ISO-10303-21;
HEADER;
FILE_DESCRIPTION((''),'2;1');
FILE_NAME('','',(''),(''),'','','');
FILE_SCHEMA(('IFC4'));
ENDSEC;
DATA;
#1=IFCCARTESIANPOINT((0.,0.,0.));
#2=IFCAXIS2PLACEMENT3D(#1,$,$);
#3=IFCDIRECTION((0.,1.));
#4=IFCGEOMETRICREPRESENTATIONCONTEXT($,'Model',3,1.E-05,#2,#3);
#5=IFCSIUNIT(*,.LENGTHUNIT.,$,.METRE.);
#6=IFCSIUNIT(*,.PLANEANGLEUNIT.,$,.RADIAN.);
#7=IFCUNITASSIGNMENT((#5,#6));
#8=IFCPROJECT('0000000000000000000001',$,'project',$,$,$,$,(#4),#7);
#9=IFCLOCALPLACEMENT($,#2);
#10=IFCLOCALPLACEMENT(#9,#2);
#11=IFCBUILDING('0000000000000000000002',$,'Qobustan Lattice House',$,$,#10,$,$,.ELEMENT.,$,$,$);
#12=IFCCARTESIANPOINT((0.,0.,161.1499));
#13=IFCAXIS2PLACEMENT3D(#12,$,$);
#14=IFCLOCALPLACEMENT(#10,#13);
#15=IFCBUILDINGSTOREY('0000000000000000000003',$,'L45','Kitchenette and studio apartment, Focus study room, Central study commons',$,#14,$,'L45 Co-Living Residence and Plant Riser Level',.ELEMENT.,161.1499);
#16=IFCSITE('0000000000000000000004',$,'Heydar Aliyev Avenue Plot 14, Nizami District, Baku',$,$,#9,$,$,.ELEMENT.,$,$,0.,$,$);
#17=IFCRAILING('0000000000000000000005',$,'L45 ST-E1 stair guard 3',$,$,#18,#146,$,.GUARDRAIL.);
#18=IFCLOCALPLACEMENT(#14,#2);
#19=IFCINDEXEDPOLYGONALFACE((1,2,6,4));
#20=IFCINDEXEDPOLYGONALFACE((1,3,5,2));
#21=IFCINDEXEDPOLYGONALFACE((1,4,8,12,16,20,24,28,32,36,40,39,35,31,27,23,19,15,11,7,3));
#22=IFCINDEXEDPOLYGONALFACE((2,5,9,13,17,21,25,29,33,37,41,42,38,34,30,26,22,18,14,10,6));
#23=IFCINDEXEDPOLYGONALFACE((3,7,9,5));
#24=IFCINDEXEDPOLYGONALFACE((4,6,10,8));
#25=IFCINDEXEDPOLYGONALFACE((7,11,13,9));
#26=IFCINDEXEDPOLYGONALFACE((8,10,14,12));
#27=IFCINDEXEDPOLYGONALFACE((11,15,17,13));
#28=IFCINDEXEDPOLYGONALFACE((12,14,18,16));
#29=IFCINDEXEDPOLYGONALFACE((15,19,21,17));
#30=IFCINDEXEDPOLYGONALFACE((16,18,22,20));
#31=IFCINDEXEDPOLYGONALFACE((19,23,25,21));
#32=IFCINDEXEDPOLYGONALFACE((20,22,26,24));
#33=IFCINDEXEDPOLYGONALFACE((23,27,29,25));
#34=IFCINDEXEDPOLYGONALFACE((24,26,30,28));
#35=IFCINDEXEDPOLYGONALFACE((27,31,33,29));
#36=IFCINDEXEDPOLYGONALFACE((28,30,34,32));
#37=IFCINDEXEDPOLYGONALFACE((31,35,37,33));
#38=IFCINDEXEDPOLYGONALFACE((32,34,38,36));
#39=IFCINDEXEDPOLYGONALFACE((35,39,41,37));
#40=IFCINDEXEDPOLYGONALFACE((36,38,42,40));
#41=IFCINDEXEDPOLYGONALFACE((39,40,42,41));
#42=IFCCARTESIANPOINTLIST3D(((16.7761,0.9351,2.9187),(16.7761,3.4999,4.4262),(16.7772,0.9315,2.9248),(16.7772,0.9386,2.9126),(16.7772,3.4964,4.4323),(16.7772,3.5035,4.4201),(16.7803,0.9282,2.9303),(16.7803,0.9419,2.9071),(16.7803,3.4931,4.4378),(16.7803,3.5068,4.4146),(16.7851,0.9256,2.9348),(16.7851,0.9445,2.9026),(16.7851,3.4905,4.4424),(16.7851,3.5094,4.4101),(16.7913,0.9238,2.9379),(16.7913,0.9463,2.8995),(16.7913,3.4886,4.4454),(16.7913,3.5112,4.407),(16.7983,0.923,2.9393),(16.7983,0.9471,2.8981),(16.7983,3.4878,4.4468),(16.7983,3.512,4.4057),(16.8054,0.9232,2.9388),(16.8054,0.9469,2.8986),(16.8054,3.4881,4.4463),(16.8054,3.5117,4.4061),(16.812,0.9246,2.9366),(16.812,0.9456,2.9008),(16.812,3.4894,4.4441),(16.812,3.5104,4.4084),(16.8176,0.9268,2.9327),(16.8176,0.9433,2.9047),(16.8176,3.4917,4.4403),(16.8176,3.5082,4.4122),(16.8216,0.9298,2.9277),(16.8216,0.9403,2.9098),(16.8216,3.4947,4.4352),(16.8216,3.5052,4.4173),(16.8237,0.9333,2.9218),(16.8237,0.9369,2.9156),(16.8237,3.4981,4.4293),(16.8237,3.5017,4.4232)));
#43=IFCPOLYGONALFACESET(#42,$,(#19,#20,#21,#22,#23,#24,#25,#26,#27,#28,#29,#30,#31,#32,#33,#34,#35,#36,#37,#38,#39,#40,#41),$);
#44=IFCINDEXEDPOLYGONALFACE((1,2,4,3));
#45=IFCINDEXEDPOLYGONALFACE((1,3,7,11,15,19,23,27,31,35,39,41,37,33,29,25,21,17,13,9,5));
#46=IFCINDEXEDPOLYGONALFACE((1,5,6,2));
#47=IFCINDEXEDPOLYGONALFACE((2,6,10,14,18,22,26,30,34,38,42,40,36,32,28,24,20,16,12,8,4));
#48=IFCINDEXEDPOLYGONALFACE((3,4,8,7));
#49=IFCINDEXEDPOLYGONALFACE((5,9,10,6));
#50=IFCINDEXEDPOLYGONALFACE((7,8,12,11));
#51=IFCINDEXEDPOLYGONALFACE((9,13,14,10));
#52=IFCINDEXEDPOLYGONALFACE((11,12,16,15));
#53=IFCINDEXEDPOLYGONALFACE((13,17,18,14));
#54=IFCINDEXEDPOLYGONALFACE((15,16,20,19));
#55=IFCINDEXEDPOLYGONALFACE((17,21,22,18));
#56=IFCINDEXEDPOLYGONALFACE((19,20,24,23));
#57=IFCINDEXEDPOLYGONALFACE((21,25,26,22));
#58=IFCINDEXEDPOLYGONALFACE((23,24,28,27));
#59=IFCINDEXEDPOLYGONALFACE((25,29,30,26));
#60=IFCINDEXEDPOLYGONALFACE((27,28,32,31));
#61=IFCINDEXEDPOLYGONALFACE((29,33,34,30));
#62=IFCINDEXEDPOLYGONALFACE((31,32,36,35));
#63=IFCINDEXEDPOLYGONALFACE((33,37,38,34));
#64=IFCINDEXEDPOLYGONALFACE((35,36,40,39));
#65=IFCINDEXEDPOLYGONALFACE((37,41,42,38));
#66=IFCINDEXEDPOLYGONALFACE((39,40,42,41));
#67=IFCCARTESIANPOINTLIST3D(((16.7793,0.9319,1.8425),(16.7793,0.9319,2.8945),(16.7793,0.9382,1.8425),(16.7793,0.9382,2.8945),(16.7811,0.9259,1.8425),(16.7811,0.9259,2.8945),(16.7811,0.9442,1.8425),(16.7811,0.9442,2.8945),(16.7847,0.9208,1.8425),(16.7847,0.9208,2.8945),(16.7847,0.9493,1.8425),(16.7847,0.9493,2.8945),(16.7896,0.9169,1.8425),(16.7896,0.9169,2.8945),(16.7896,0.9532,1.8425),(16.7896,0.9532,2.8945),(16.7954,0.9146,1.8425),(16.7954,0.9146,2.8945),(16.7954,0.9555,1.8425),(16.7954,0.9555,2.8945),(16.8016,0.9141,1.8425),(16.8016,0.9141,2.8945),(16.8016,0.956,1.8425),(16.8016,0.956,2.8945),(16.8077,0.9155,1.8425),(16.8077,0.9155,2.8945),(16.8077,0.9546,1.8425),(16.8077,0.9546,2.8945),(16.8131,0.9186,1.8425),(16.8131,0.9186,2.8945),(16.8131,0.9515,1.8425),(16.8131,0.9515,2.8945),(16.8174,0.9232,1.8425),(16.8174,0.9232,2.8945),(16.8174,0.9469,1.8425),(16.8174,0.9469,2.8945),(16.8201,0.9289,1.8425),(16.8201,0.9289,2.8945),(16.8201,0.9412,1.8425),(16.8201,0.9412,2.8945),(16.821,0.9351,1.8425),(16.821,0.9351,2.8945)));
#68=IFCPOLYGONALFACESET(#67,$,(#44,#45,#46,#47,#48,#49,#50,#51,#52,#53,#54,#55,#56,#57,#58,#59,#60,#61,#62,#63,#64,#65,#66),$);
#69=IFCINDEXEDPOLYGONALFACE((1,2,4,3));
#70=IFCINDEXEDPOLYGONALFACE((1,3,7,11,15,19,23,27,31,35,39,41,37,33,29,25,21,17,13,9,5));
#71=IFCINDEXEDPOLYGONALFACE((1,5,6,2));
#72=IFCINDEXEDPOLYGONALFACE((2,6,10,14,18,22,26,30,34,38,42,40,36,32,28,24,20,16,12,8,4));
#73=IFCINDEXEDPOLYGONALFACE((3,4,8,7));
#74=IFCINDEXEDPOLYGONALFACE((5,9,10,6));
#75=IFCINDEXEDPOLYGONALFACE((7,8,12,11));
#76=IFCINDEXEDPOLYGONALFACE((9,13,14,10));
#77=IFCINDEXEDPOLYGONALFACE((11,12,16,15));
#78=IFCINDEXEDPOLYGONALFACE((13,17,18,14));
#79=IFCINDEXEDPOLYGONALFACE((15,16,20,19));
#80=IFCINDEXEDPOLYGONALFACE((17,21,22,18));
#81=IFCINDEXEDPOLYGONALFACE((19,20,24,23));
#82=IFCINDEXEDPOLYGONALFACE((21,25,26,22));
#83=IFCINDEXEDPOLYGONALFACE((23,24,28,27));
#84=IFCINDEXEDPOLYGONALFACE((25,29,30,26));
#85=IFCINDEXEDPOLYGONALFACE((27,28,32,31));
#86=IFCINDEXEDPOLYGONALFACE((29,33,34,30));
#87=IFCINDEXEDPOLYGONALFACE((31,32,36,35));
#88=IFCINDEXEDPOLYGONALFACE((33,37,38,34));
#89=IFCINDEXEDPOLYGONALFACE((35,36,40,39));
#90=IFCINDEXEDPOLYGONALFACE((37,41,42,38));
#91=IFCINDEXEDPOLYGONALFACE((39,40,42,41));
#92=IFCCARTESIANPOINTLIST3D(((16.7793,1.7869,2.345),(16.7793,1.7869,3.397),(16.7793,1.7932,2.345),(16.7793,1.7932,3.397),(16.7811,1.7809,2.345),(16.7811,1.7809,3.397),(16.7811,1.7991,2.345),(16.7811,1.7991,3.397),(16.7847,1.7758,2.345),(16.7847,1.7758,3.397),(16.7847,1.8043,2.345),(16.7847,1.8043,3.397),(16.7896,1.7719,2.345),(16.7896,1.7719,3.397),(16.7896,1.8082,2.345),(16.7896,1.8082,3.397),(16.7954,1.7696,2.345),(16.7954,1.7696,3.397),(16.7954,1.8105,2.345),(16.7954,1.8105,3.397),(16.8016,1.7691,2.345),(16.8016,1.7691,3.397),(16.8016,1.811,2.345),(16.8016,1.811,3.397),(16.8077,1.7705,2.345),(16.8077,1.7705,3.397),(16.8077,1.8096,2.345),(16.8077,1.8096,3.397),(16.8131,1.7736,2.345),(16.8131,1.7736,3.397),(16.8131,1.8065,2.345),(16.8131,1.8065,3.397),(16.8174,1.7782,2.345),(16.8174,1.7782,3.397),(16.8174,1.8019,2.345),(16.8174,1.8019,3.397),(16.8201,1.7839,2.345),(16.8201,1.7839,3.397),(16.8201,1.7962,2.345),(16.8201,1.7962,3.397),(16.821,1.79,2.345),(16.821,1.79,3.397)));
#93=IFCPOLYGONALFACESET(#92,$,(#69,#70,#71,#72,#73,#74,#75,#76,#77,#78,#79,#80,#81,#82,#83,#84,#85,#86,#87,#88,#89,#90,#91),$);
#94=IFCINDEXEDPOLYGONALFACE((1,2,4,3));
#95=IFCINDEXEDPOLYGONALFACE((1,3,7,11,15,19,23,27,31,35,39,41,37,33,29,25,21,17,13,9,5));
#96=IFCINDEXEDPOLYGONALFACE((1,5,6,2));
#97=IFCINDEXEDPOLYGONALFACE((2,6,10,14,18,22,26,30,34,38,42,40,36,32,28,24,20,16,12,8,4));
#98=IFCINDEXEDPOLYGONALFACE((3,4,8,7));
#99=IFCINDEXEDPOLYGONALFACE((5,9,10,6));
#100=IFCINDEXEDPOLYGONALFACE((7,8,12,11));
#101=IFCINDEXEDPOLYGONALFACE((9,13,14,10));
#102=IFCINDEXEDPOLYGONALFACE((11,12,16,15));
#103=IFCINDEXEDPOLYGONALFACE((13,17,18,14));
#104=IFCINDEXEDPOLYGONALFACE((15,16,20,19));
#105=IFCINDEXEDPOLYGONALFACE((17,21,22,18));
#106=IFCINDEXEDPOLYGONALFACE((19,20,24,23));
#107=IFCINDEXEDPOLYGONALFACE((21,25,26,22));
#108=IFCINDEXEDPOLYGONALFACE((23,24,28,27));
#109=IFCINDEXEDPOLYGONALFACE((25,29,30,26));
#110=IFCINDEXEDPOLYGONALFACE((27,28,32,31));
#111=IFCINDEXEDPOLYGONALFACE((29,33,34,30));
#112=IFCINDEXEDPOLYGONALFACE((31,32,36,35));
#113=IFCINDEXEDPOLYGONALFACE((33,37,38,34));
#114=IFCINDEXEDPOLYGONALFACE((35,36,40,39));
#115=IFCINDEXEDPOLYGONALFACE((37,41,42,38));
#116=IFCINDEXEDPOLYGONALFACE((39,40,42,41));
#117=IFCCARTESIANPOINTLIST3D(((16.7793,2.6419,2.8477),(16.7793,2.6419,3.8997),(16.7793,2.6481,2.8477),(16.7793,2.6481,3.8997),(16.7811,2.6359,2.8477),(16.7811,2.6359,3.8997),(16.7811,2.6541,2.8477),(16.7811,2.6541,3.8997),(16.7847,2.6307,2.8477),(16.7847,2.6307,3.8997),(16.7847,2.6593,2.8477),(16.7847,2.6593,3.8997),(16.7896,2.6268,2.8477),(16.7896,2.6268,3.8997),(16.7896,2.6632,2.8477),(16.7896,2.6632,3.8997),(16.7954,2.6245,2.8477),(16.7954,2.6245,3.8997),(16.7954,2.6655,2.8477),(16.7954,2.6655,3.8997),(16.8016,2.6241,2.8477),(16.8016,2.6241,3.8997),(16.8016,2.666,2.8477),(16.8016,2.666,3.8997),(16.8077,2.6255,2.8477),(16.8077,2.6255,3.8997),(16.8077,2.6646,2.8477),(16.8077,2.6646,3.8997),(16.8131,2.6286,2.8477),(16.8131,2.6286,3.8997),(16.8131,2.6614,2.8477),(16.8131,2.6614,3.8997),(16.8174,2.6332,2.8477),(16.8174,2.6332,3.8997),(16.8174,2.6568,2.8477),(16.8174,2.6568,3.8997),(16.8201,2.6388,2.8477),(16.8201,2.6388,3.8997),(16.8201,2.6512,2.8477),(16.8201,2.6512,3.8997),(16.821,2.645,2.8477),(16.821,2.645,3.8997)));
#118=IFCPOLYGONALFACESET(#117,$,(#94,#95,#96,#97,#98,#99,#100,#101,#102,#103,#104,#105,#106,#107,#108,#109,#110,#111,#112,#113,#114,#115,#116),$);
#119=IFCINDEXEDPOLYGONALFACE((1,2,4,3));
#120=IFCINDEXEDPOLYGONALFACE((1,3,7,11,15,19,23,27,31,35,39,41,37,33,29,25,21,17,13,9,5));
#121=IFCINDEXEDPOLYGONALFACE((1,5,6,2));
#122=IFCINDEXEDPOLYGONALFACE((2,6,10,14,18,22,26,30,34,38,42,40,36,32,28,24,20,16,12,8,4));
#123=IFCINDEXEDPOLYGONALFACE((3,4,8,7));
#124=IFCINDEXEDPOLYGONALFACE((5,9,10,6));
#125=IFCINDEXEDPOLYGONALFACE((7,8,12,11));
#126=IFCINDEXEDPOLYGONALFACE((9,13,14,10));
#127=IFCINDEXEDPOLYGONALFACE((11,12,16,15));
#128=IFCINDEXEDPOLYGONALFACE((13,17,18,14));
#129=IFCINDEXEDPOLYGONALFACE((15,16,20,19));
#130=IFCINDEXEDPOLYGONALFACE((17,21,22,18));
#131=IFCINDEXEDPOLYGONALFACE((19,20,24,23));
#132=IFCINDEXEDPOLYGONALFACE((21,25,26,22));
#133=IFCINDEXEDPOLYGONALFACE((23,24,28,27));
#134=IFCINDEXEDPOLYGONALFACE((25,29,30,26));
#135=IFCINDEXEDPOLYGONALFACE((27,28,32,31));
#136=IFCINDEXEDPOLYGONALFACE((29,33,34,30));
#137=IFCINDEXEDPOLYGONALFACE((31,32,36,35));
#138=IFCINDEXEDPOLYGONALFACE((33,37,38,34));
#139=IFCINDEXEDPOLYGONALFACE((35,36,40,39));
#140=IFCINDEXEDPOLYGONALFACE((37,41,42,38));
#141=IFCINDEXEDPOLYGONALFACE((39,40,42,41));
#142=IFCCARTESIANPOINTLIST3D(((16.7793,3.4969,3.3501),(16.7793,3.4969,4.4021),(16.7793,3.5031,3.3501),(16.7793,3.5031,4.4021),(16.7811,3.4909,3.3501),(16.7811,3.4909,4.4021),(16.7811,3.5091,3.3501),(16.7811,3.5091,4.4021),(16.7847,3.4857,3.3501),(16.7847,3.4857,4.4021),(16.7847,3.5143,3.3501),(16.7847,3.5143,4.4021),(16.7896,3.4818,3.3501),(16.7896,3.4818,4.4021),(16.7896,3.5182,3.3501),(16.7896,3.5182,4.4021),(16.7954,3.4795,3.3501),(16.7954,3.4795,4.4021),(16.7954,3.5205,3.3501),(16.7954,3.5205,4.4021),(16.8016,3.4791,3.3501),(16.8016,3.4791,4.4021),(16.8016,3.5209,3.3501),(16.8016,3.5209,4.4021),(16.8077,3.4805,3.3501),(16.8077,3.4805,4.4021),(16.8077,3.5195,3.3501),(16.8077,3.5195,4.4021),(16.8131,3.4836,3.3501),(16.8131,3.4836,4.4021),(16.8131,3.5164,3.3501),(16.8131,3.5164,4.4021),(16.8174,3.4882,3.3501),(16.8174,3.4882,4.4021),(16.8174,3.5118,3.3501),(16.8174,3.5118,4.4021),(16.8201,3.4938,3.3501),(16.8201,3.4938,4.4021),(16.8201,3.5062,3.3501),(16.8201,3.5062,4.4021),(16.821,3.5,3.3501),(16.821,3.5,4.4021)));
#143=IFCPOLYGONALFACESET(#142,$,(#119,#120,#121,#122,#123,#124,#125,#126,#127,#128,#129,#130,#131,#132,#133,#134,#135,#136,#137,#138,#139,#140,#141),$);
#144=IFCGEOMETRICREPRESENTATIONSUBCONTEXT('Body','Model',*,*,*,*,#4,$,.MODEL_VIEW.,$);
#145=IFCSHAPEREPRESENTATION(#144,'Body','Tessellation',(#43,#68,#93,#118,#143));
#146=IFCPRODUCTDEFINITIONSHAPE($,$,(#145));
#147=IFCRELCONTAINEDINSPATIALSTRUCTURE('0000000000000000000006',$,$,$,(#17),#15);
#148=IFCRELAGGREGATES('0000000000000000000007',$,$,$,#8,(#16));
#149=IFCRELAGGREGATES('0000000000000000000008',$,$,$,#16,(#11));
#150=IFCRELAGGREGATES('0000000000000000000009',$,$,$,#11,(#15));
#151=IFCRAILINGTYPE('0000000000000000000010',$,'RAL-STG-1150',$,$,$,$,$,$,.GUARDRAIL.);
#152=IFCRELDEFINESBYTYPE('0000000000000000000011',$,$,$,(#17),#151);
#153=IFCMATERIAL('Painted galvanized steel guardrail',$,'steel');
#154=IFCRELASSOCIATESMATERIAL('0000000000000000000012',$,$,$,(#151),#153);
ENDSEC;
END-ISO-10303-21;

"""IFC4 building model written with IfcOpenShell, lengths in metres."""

from ifc_helpers import new_model, si_unit, direction, frame, origin, origin_2d, place, context, subcontext, project, spatial, circle, extrude, material, type_object, element, save


model = new_model("IFC4")

# Units and contexts
model_context = context("Model", 3, precision=1e-05, world=origin(), true_north=direction((0.0, 1.0)))
body_context = subcontext(model_context, "Body", "Model", "MODEL_VIEW")
ifc_project = project(units=[si_unit("LENGTHUNIT", "METRE"), si_unit("PLANEANGLEUNIT", "RADIAN")], contexts=[model_context])

# Site, building, storey
site_placement = place(None, origin())
site = spatial("IfcSite", under=ifc_project, at=site_placement, Name="Heydar Aliyev Avenue Plot 14, Nizami District, Baku", CompositionType="ELEMENT", RefElevation=0.0)
building_placement = place(site_placement, origin())
building = spatial("IfcBuilding", under=site, at=building_placement, Name="Qobustan Lattice House", CompositionType="ELEMENT")
storey_placement = place(building_placement, frame((0.0, 0.0, 161.1499)))
storey = spatial("IfcBuildingStorey", under=building, at=storey_placement, Name="L45", Description="Kitchenette and studio apartment, Focus study room, Central study commons", LongName="L45 Co-Living Residence and Plant Riser Level", CompositionType="ELEMENT", Elevation=161.1499)

# Railing
ifc_material_1 = material(Name="Painted galvanized steel guardrail", Category="steel")
railing_type_1 = type_object("IfcRailingType", Name="RAL-STG-1150", PredefinedType="GUARDRAIL", material=ifc_material_1)
railing_1_placement = place(storey_placement, frame((16.8, 0.9351, 1.8425)))
element("IfcRailing", 1, at=railing_1_placement, inside=storey, type_object=railing_type_1, Name="L45 ST-E1 stair guard 3", PredefinedType="GUARDRAIL", context=body_context, shape_type="SweptSolid", body=[
    extrude(circle(Radius=0.0239, at=origin_2d()), frame((0.0, 0.0, 1.0762), z_axis=(0.0, 0.862113, 0.506715), x_axis=(-1.0, 0.0, 0.0)), (0.0, 0.0, 1.0), 2.9751),
    extrude(circle(Radius=0.021, at=origin_2d()), origin(), (0.0, 0.0, 1.0), 1.052),
    extrude(circle(Radius=0.021, at=origin_2d()), frame((0.0, 0.855, 0.5024)), (0.0, 0.0, 1.0), 1.052),
    extrude(circle(Radius=0.021, at=origin_2d()), frame((0.0, 1.71, 1.0051)), (0.0, 0.0, 1.0), 1.052),
    extrude(circle(Radius=0.021, at=origin_2d()), frame((0.0, 2.5649, 1.5076)), (0.0, 0.0, 1.0), 1.052),
])

save(model, "model.ifc")
